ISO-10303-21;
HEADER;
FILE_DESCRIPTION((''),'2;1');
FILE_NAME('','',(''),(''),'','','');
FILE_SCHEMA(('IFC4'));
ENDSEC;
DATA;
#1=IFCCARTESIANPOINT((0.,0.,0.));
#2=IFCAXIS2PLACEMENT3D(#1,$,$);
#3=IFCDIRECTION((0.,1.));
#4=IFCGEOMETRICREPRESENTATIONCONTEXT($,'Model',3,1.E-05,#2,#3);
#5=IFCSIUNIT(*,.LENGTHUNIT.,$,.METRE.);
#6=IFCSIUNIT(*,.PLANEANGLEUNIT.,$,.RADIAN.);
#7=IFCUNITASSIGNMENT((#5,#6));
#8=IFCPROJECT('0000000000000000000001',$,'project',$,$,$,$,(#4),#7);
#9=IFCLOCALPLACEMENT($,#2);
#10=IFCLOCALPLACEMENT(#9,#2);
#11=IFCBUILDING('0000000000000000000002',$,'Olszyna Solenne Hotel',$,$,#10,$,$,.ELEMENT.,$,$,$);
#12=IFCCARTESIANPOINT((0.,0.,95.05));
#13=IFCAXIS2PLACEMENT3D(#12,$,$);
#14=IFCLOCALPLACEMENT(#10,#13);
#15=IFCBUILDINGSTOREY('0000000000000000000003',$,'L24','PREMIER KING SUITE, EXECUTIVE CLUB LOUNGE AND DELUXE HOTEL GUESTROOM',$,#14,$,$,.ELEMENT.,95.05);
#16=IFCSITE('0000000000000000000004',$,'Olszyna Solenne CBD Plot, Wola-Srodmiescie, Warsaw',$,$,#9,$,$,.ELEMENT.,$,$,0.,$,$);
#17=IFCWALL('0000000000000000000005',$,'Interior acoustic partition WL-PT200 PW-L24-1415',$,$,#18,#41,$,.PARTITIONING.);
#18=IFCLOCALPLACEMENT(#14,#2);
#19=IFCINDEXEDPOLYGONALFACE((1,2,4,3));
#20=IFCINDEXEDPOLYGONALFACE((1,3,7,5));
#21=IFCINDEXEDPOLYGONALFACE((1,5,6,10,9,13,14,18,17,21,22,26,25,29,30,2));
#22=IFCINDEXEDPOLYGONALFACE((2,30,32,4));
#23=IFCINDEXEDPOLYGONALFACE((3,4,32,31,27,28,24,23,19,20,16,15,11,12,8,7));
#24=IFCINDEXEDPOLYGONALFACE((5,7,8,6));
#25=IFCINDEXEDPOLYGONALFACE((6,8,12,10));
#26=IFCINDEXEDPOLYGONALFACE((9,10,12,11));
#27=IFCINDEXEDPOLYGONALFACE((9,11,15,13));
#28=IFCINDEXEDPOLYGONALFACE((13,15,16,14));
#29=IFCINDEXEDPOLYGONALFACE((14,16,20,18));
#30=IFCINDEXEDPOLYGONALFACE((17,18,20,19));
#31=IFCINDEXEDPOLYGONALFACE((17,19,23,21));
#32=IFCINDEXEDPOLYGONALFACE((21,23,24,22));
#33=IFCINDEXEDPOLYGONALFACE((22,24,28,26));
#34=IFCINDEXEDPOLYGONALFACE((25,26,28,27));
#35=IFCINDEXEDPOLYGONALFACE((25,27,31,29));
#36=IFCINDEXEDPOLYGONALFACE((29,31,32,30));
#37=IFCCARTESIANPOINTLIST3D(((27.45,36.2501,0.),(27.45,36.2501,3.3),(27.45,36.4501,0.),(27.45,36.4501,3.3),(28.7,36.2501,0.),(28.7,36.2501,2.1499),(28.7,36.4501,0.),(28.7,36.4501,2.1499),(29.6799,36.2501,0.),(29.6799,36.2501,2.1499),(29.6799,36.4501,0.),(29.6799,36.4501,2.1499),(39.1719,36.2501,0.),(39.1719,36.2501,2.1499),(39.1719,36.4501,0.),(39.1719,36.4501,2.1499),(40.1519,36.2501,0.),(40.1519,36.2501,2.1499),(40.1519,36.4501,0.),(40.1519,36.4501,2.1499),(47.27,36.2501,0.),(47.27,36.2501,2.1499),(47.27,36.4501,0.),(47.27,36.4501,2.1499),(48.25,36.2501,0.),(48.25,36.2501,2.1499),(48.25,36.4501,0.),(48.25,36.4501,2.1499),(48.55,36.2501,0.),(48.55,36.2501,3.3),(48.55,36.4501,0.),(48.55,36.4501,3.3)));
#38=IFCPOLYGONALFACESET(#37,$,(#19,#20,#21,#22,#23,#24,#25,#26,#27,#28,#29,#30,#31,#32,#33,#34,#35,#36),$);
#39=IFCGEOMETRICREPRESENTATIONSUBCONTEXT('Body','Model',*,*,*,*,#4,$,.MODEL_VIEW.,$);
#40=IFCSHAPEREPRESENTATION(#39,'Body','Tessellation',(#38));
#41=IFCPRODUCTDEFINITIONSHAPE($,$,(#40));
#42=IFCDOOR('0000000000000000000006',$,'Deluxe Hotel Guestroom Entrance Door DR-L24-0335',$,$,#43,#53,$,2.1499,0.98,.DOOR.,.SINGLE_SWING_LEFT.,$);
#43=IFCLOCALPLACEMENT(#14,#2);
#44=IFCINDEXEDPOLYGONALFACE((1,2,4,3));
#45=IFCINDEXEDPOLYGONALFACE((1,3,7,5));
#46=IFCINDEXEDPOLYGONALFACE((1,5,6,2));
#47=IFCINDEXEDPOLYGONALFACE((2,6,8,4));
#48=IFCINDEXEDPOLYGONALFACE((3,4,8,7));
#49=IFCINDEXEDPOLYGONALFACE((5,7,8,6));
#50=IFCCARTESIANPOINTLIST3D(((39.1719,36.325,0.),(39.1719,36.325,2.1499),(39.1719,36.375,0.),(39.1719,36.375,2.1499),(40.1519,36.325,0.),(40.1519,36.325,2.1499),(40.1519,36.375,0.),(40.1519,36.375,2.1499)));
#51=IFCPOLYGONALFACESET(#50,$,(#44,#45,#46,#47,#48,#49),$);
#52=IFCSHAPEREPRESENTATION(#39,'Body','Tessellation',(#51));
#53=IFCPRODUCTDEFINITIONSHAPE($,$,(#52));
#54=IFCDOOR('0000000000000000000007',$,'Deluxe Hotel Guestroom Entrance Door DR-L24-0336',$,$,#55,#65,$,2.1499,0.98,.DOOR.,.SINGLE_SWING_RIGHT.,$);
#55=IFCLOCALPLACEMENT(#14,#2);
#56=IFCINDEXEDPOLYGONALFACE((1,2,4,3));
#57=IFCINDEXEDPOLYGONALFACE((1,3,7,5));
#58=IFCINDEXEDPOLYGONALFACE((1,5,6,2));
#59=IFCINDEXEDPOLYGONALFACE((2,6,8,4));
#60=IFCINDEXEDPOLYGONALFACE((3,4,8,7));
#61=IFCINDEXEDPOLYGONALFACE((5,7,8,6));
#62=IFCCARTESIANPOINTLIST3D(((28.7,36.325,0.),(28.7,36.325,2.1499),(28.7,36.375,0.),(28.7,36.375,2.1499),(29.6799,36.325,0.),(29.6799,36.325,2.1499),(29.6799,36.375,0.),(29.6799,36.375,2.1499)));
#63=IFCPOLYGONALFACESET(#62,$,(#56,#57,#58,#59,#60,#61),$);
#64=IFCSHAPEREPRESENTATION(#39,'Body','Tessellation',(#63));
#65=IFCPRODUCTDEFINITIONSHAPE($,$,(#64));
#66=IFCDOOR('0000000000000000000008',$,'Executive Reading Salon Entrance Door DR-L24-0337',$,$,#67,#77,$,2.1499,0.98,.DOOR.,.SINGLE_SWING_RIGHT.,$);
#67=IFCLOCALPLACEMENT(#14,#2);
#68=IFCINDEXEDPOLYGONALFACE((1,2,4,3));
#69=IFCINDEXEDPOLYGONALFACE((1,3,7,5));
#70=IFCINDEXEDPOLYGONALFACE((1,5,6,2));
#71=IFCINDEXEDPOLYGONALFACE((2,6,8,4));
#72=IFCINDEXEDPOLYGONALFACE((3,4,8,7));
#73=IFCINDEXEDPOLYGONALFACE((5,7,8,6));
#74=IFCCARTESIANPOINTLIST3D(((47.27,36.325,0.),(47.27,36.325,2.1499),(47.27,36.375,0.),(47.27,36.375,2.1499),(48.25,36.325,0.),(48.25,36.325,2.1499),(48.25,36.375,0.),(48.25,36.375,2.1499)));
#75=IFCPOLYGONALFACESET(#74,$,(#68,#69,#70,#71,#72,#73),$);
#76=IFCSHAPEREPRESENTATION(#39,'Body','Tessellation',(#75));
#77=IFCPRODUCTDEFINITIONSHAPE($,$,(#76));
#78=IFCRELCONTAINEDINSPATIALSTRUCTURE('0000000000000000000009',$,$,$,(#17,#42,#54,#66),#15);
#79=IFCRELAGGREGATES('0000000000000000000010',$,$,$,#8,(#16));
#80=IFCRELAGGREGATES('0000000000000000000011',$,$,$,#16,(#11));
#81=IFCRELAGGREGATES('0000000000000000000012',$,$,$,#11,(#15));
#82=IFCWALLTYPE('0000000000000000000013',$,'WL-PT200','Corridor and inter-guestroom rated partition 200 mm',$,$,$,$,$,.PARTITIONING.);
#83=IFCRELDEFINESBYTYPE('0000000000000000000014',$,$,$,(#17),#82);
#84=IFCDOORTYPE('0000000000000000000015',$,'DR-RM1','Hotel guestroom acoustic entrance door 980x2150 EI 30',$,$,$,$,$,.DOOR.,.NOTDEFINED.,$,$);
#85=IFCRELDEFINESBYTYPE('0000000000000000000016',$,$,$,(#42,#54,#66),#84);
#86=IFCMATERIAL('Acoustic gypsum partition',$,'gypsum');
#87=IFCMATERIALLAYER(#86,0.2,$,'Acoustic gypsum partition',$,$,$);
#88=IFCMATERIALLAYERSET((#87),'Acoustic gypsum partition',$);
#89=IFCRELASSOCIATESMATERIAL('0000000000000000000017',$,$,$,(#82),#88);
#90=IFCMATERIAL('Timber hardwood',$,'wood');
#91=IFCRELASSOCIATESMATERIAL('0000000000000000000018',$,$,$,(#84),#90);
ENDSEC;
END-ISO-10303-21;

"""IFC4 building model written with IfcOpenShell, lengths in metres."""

from ifc_helpers import new_model, si_unit, direction, frame, frame_2d, origin, place, context, subcontext, project, spatial, rectangle, extrude, source, transform, mapped, material, layer, layer_set, type_object, type_shapes, element, fill, save


model = new_model("IFC4")

# Units and contexts
model_context = context("Model", 3, precision=1e-05, world=origin(), true_north=direction((0.0, 1.0)))
body_context = subcontext(model_context, "Body", "Model", "MODEL_VIEW")
ifc_project = project(units=[si_unit("LENGTHUNIT", "METRE"), si_unit("PLANEANGLEUNIT", "RADIAN")], contexts=[model_context])

# Site, building, storey
site_placement = place(None, origin())
site = spatial("IfcSite", under=ifc_project, at=site_placement, Name="Olszyna Solenne CBD Plot, Wola-Srodmiescie, Warsaw", CompositionType="ELEMENT", RefElevation=0.0)
building_placement = place(site_placement, origin())
building = spatial("IfcBuilding", under=site, at=building_placement, Name="Olszyna Solenne Hotel", CompositionType="ELEMENT")
storey_placement = place(building_placement, frame((0.0, 0.0, 95.05)))
storey = spatial("IfcBuildingStorey", under=building, at=storey_placement, Name="L24", Description="PREMIER KING SUITE, EXECUTIVE CLUB LOUNGE AND DELUXE HOTEL GUESTROOM", CompositionType="ELEMENT", Elevation=95.05)

# Shared definitions
ifc_material_1 = material(Name="Acoustic gypsum partition", Category="gypsum")
ifc_material_2 = material(Name="Timber hardwood", Category="wood")

# Shared definitions
ifc_layer_1 = layer(ifc_material_1, 0.2, Name="Acoustic gypsum partition")
ifc_layer_set_1 = layer_set([ifc_layer_1], Name="Acoustic gypsum partition")
wall_type_1 = type_object("IfcWallType", Name="WL-PT200", Description="Corridor and inter-guestroom rated partition 200 mm", PredefinedType="PARTITIONING", material=ifc_layer_set_1)

# Wall, openings, doors
wall_1_placement = place(storey_placement, frame((27.45, 36.3501, 0.0), z_axis=(0.0, 0.0, 1.0), x_axis=(1.0, 0.0, 0.0)))
wall_1 = element("IfcWall", 1, at=wall_1_placement, inside=storey, type_object=wall_type_1, Name="Interior acoustic partition WL-PT200 PW-L24-1415", PredefinedType="PARTITIONING", context=body_context, shape_type="SweptSolid", body=[
    extrude(rectangle(XDim=21.1001, YDim=0.2, at=frame_2d((10.55, 0.0))), origin(), (0.0, 0.0, 1.0), 3.3),
])
opening_1_placement = place(wall_1_placement, frame((11.7219, 0.0, 0.0)))
opening_1 = element("IfcOpeningElement", 2, at=opening_1_placement, cuts=wall_1, PredefinedType="OPENING", context=body_context, shape_type="SweptSolid", body=[
    extrude(rectangle(XDim=0.98, YDim=2.1499, at=frame_2d((0.49, 1.075))), frame((0.0, 0.1099, 0.0), z_axis=(0.0, -1.0, 0.0), x_axis=(1.0, 0.0, 0.0)), (0.0, 0.0, 1.0), 0.22),
])
opening_2_placement = place(wall_1_placement, frame((1.25, 0.0, 0.0)))
opening_2 = element("IfcOpeningElement", 3, at=opening_2_placement, cuts=wall_1, PredefinedType="OPENING", context=body_context, shape_type="SweptSolid", body=[
    extrude(rectangle(XDim=0.98, YDim=2.1499, at=frame_2d((0.49, 1.075))), frame((0.0, 0.1099, 0.0), z_axis=(0.0, -1.0, 0.0), x_axis=(1.0, 0.0, 0.0)), (0.0, 0.0, 1.0), 0.22),
])
opening_3_placement = place(wall_1_placement, frame((19.8201, 0.0, 0.0)))
opening_3 = element("IfcOpeningElement", 4, at=opening_3_placement, cuts=wall_1, PredefinedType="OPENING", context=body_context, shape_type="SweptSolid", body=[
    extrude(rectangle(XDim=0.98, YDim=2.1499, at=frame_2d((0.49, 1.075))), frame((0.0, 0.1099, 0.0), z_axis=(0.0, -1.0, 0.0), x_axis=(1.0, 0.0, 0.0)), (0.0, 0.0, 1.0), 0.22),
])
door_type_1 = type_object("IfcDoorType", Name="DR-RM1", Description="Hotel guestroom acoustic entrance door 980x2150 EI 30", OperationType="NOTDEFINED", PredefinedType="DOOR", material=ifc_material_2)
shared_shape_1 = source(origin(), body_context, "Body", "SweptSolid", [
    extrude(rectangle(XDim=0.98, YDim=2.1499, at=frame_2d((0.49, 1.075))), frame((0.0, 0.0249, 0.0), z_axis=(0.0, -1.0, 0.0), x_axis=(1.0, 0.0, 0.0)), (0.0, 0.0, 1.0), 0.05),
])
type_shapes(door_type_1, [shared_shape_1])
door_1_placement = place(opening_1_placement, origin())
door_1 = element("IfcDoor", 5, at=door_1_placement, inside=storey, type_object=door_type_1, Name="Deluxe Hotel Guestroom Entrance Door DR-L24-0335", OperationType="SINGLE_SWING_LEFT", OverallHeight=2.1499, OverallWidth=0.98, PredefinedType="DOOR", context=body_context, shape_type="MappedRepresentation", body=[
    mapped(shared_shape_1, transform((0.0, 0.0, 0.0), x_axis=(1.0, 0.0, 0.0), y_axis=(0.0, 1.0, 0.0), z_axis=(0.0, 0.0, 1.0), scale=1.0)),
])
fill(opening_1, door_1)
door_2_placement = place(opening_2_placement, origin())
door_2 = element("IfcDoor", 6, at=door_2_placement, inside=storey, type_object=door_type_1, Name="Deluxe Hotel Guestroom Entrance Door DR-L24-0336", OperationType="SINGLE_SWING_RIGHT", OverallHeight=2.1499, OverallWidth=0.98, PredefinedType="DOOR", context=body_context, shape_type="MappedRepresentation", body=[
    mapped(shared_shape_1, transform((0.0, 0.0, 0.0), x_axis=(1.0, 0.0, 0.0), y_axis=(0.0, 1.0, 0.0), z_axis=(0.0, 0.0, 1.0), scale=1.0)),
])
fill(opening_2, door_2)
door_3_placement = place(opening_3_placement, origin())
door_3 = element("IfcDoor", 7, at=door_3_placement, inside=storey, type_object=door_type_1, Name="Executive Reading Salon Entrance Door DR-L24-0337", OperationType="SINGLE_SWING_RIGHT", OverallHeight=2.1499, OverallWidth=0.98, PredefinedType="DOOR", context=body_context, shape_type="MappedRepresentation", body=[
    mapped(shared_shape_1, transform((0.0, 0.0, 0.0), x_axis=(1.0, 0.0, 0.0), y_axis=(0.0, 1.0, 0.0), z_axis=(0.0, 0.0, 1.0), scale=1.0)),
])
fill(opening_3, door_3)

save(model, "model.ifc")
